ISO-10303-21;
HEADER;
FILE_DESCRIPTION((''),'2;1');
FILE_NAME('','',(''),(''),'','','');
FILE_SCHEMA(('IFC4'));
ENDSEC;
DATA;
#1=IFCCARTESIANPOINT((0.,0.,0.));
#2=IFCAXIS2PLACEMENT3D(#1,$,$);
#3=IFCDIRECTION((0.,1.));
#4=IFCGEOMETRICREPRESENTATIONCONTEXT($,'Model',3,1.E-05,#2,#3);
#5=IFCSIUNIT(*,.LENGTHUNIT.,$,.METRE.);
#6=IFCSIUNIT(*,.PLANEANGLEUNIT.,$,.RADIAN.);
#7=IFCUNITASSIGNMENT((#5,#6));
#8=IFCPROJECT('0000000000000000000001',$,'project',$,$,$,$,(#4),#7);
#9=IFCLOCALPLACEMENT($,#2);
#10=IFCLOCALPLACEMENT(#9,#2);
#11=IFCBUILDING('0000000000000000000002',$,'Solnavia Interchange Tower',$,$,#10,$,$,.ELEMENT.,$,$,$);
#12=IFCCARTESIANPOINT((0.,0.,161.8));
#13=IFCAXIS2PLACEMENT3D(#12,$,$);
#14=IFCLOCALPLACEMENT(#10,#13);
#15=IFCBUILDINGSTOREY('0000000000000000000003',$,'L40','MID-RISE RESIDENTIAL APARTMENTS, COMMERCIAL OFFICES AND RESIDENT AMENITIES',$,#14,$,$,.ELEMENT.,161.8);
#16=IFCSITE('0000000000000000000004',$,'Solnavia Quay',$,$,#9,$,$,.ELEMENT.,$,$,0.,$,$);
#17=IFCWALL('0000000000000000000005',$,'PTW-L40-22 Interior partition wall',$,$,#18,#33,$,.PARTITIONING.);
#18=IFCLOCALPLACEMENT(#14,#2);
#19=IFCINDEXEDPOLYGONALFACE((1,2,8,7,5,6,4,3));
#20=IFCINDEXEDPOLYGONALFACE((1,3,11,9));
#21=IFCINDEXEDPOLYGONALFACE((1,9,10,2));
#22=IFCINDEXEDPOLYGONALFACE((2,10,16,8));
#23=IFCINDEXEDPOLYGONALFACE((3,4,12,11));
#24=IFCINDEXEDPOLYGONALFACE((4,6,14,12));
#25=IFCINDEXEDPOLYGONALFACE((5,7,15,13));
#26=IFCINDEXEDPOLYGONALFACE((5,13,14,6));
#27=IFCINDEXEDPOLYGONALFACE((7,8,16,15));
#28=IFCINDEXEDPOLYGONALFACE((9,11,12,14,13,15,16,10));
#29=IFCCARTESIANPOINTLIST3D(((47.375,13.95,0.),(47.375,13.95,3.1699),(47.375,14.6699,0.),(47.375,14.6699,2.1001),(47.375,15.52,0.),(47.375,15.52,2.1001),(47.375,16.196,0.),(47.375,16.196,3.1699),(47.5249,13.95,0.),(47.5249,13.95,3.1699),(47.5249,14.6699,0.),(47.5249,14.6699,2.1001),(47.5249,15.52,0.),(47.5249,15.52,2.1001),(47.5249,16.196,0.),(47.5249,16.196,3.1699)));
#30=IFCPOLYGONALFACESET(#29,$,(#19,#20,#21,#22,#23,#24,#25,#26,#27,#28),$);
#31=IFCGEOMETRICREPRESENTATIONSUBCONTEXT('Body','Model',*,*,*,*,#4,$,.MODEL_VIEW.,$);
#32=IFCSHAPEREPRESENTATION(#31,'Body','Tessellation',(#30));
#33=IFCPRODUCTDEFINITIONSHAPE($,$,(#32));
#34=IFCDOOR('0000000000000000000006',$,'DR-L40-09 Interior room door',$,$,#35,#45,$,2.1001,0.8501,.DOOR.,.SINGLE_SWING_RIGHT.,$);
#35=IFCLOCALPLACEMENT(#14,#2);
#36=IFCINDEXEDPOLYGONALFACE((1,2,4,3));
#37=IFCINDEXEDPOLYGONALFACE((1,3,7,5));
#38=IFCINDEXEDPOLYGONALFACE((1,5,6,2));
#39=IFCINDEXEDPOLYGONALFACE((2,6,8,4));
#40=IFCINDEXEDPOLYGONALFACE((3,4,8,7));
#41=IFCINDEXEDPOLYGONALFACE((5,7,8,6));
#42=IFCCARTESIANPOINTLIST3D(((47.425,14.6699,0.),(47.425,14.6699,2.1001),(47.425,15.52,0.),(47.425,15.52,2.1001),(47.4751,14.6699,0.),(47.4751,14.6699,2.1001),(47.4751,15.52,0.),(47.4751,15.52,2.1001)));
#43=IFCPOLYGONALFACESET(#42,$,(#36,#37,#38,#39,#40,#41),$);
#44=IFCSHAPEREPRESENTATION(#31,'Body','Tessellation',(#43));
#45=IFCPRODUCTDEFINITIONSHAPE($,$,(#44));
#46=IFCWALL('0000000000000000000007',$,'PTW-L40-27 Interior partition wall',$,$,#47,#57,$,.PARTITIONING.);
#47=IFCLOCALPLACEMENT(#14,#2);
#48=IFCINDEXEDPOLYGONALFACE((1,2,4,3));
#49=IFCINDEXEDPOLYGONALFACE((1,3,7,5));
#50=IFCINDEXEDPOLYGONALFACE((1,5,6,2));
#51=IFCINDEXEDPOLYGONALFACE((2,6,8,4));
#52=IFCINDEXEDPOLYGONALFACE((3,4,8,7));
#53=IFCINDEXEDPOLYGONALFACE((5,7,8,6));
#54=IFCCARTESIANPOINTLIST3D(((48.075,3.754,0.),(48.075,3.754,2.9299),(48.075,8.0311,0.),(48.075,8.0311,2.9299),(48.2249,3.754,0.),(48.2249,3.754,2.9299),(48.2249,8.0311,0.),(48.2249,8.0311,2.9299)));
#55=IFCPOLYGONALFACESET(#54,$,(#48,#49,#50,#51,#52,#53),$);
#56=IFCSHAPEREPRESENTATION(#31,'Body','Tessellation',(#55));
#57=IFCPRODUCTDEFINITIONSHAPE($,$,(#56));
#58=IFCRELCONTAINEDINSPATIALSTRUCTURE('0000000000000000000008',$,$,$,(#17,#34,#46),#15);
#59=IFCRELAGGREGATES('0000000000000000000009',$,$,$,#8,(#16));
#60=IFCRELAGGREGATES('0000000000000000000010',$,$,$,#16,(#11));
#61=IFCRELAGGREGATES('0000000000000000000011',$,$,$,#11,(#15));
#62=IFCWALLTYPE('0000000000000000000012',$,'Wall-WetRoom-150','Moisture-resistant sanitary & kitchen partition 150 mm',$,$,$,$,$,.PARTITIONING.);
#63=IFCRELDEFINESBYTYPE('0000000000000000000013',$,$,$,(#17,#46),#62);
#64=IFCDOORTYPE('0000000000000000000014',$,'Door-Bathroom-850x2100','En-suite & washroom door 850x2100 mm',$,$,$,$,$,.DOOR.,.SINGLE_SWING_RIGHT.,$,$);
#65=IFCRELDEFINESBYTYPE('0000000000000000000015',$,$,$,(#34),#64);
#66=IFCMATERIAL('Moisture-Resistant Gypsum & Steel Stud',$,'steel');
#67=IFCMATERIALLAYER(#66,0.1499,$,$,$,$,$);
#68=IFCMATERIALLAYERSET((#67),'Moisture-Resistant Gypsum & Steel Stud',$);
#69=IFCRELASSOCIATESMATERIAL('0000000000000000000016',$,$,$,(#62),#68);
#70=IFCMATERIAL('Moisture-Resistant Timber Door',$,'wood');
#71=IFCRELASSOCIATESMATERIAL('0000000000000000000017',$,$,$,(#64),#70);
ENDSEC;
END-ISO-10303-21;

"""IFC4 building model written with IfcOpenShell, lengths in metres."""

from ifc_helpers import new_model, si_unit, direction, frame, frame_2d, origin, place, context, subcontext, project, spatial, rectangle, extrude, material, layer, layer_set, type_object, element, fill, save


model = new_model("IFC4")

# Units and contexts
model_context = context("Model", 3, precision=1e-05, world=origin(), true_north=direction((0.0, 1.0)))
body_context = subcontext(model_context, "Body", "Model", "MODEL_VIEW")
ifc_project = project(units=[si_unit("LENGTHUNIT", "METRE"), si_unit("PLANEANGLEUNIT", "RADIAN")], contexts=[model_context])

# Site, building, storey
site_placement = place(None, origin())
site = spatial("IfcSite", under=ifc_project, at=site_placement, Name="Solnavia Quay", CompositionType="ELEMENT", RefElevation=0.0)
building_placement = place(site_placement, origin())
building = spatial("IfcBuilding", under=site, at=building_placement, Name="Solnavia Interchange Tower", CompositionType="ELEMENT")
storey_placement = place(building_placement, frame((0.0, 0.0, 161.8)))
storey = spatial("IfcBuildingStorey", under=building, at=storey_placement, Name="L40", Description="MID-RISE RESIDENTIAL APARTMENTS, COMMERCIAL OFFICES AND RESIDENT AMENITIES", CompositionType="ELEMENT", Elevation=161.8)

# Wall, opening, door
ifc_material_1 = material(Name="Moisture-Resistant Gypsum & Steel Stud", Category="steel")
ifc_layer_1 = layer(ifc_material_1, 0.1499)
ifc_layer_set_1 = layer_set([ifc_layer_1], Name="Moisture-Resistant Gypsum & Steel Stud")
wall_type_1 = type_object("IfcWallType", Name="Wall-WetRoom-150", Description="Moisture-resistant sanitary & kitchen partition 150 mm", PredefinedType="PARTITIONING", material=ifc_layer_set_1)
wall_1_placement = place(storey_placement, frame((47.45, 13.95, 0.0), z_axis=(0.0, 0.0, 1.0), x_axis=(0.0, 1.0, 0.0)))
wall_1 = element("IfcWall", 1, at=wall_1_placement, inside=storey, type_object=wall_type_1, Name="PTW-L40-22 Interior partition wall", PredefinedType="PARTITIONING", context=body_context, shape_type="SweptSolid", body=[
    extrude(rectangle(XDim=2.2461, YDim=0.1499, at=frame_2d((1.123, 0.0))), origin(), (0.0, 0.0, 1.0), 3.1699),
])
opening_1_placement = place(wall_1_placement, frame((0.72, 0.0, 0.0)))
opening_1 = element("IfcOpeningElement", 2, at=opening_1_placement, cuts=wall_1, PredefinedType="OPENING", context=body_context, shape_type="SweptSolid", body=[
    extrude(rectangle(XDim=0.8501, YDim=2.1001, at=frame_2d((0.425, 1.05))), frame((0.0, 0.085, 0.0), z_axis=(0.0, -1.0, 0.0), x_axis=(1.0, 0.0, 0.0)), (0.0, 0.0, 1.0), 0.1699),
])
ifc_material_2 = material(Name="Moisture-Resistant Timber Door", Category="wood")
door_type_1 = type_object("IfcDoorType", Name="Door-Bathroom-850x2100", Description="En-suite & washroom door 850x2100 mm", OperationType="SINGLE_SWING_RIGHT", PredefinedType="DOOR", material=ifc_material_2)
door_1_placement = place(opening_1_placement, origin())
door_1 = element("IfcDoor", 3, at=door_1_placement, inside=storey, type_object=door_type_1, Name="DR-L40-09 Interior room door", OperationType="SINGLE_SWING_RIGHT", OverallHeight=2.1001, OverallWidth=0.8501, PredefinedType="DOOR", context=body_context, shape_type="SweptSolid", body=[
    extrude(rectangle(XDim=0.8501, YDim=2.1001, at=frame_2d((0.425, 1.05))), frame((0.0, 0.0249, 0.0), z_axis=(0.0, -1.0, 0.0), x_axis=(1.0, 0.0, 0.0)), (0.0, 0.0, 1.0), 0.05),
])
fill(opening_1, door_1)

# Wall
wall_2_placement = place(storey_placement, frame((48.1499, 3.7539, 0.0), z_axis=(0.0, 0.0, 1.0), x_axis=(0.0, 1.0, 0.0)))
element("IfcWall", 4, at=wall_2_placement, inside=storey, type_object=wall_type_1, Name="PTW-L40-27 Interior partition wall", PredefinedType="PARTITIONING", context=body_context, shape_type="SweptSolid", body=[
    extrude(rectangle(XDim=4.2771, YDim=0.1499, at=frame_2d((2.1387, 0.0))), origin(), (0.0, 0.0, 1.0), 2.9299),
])

save(model, "model.ifc")
